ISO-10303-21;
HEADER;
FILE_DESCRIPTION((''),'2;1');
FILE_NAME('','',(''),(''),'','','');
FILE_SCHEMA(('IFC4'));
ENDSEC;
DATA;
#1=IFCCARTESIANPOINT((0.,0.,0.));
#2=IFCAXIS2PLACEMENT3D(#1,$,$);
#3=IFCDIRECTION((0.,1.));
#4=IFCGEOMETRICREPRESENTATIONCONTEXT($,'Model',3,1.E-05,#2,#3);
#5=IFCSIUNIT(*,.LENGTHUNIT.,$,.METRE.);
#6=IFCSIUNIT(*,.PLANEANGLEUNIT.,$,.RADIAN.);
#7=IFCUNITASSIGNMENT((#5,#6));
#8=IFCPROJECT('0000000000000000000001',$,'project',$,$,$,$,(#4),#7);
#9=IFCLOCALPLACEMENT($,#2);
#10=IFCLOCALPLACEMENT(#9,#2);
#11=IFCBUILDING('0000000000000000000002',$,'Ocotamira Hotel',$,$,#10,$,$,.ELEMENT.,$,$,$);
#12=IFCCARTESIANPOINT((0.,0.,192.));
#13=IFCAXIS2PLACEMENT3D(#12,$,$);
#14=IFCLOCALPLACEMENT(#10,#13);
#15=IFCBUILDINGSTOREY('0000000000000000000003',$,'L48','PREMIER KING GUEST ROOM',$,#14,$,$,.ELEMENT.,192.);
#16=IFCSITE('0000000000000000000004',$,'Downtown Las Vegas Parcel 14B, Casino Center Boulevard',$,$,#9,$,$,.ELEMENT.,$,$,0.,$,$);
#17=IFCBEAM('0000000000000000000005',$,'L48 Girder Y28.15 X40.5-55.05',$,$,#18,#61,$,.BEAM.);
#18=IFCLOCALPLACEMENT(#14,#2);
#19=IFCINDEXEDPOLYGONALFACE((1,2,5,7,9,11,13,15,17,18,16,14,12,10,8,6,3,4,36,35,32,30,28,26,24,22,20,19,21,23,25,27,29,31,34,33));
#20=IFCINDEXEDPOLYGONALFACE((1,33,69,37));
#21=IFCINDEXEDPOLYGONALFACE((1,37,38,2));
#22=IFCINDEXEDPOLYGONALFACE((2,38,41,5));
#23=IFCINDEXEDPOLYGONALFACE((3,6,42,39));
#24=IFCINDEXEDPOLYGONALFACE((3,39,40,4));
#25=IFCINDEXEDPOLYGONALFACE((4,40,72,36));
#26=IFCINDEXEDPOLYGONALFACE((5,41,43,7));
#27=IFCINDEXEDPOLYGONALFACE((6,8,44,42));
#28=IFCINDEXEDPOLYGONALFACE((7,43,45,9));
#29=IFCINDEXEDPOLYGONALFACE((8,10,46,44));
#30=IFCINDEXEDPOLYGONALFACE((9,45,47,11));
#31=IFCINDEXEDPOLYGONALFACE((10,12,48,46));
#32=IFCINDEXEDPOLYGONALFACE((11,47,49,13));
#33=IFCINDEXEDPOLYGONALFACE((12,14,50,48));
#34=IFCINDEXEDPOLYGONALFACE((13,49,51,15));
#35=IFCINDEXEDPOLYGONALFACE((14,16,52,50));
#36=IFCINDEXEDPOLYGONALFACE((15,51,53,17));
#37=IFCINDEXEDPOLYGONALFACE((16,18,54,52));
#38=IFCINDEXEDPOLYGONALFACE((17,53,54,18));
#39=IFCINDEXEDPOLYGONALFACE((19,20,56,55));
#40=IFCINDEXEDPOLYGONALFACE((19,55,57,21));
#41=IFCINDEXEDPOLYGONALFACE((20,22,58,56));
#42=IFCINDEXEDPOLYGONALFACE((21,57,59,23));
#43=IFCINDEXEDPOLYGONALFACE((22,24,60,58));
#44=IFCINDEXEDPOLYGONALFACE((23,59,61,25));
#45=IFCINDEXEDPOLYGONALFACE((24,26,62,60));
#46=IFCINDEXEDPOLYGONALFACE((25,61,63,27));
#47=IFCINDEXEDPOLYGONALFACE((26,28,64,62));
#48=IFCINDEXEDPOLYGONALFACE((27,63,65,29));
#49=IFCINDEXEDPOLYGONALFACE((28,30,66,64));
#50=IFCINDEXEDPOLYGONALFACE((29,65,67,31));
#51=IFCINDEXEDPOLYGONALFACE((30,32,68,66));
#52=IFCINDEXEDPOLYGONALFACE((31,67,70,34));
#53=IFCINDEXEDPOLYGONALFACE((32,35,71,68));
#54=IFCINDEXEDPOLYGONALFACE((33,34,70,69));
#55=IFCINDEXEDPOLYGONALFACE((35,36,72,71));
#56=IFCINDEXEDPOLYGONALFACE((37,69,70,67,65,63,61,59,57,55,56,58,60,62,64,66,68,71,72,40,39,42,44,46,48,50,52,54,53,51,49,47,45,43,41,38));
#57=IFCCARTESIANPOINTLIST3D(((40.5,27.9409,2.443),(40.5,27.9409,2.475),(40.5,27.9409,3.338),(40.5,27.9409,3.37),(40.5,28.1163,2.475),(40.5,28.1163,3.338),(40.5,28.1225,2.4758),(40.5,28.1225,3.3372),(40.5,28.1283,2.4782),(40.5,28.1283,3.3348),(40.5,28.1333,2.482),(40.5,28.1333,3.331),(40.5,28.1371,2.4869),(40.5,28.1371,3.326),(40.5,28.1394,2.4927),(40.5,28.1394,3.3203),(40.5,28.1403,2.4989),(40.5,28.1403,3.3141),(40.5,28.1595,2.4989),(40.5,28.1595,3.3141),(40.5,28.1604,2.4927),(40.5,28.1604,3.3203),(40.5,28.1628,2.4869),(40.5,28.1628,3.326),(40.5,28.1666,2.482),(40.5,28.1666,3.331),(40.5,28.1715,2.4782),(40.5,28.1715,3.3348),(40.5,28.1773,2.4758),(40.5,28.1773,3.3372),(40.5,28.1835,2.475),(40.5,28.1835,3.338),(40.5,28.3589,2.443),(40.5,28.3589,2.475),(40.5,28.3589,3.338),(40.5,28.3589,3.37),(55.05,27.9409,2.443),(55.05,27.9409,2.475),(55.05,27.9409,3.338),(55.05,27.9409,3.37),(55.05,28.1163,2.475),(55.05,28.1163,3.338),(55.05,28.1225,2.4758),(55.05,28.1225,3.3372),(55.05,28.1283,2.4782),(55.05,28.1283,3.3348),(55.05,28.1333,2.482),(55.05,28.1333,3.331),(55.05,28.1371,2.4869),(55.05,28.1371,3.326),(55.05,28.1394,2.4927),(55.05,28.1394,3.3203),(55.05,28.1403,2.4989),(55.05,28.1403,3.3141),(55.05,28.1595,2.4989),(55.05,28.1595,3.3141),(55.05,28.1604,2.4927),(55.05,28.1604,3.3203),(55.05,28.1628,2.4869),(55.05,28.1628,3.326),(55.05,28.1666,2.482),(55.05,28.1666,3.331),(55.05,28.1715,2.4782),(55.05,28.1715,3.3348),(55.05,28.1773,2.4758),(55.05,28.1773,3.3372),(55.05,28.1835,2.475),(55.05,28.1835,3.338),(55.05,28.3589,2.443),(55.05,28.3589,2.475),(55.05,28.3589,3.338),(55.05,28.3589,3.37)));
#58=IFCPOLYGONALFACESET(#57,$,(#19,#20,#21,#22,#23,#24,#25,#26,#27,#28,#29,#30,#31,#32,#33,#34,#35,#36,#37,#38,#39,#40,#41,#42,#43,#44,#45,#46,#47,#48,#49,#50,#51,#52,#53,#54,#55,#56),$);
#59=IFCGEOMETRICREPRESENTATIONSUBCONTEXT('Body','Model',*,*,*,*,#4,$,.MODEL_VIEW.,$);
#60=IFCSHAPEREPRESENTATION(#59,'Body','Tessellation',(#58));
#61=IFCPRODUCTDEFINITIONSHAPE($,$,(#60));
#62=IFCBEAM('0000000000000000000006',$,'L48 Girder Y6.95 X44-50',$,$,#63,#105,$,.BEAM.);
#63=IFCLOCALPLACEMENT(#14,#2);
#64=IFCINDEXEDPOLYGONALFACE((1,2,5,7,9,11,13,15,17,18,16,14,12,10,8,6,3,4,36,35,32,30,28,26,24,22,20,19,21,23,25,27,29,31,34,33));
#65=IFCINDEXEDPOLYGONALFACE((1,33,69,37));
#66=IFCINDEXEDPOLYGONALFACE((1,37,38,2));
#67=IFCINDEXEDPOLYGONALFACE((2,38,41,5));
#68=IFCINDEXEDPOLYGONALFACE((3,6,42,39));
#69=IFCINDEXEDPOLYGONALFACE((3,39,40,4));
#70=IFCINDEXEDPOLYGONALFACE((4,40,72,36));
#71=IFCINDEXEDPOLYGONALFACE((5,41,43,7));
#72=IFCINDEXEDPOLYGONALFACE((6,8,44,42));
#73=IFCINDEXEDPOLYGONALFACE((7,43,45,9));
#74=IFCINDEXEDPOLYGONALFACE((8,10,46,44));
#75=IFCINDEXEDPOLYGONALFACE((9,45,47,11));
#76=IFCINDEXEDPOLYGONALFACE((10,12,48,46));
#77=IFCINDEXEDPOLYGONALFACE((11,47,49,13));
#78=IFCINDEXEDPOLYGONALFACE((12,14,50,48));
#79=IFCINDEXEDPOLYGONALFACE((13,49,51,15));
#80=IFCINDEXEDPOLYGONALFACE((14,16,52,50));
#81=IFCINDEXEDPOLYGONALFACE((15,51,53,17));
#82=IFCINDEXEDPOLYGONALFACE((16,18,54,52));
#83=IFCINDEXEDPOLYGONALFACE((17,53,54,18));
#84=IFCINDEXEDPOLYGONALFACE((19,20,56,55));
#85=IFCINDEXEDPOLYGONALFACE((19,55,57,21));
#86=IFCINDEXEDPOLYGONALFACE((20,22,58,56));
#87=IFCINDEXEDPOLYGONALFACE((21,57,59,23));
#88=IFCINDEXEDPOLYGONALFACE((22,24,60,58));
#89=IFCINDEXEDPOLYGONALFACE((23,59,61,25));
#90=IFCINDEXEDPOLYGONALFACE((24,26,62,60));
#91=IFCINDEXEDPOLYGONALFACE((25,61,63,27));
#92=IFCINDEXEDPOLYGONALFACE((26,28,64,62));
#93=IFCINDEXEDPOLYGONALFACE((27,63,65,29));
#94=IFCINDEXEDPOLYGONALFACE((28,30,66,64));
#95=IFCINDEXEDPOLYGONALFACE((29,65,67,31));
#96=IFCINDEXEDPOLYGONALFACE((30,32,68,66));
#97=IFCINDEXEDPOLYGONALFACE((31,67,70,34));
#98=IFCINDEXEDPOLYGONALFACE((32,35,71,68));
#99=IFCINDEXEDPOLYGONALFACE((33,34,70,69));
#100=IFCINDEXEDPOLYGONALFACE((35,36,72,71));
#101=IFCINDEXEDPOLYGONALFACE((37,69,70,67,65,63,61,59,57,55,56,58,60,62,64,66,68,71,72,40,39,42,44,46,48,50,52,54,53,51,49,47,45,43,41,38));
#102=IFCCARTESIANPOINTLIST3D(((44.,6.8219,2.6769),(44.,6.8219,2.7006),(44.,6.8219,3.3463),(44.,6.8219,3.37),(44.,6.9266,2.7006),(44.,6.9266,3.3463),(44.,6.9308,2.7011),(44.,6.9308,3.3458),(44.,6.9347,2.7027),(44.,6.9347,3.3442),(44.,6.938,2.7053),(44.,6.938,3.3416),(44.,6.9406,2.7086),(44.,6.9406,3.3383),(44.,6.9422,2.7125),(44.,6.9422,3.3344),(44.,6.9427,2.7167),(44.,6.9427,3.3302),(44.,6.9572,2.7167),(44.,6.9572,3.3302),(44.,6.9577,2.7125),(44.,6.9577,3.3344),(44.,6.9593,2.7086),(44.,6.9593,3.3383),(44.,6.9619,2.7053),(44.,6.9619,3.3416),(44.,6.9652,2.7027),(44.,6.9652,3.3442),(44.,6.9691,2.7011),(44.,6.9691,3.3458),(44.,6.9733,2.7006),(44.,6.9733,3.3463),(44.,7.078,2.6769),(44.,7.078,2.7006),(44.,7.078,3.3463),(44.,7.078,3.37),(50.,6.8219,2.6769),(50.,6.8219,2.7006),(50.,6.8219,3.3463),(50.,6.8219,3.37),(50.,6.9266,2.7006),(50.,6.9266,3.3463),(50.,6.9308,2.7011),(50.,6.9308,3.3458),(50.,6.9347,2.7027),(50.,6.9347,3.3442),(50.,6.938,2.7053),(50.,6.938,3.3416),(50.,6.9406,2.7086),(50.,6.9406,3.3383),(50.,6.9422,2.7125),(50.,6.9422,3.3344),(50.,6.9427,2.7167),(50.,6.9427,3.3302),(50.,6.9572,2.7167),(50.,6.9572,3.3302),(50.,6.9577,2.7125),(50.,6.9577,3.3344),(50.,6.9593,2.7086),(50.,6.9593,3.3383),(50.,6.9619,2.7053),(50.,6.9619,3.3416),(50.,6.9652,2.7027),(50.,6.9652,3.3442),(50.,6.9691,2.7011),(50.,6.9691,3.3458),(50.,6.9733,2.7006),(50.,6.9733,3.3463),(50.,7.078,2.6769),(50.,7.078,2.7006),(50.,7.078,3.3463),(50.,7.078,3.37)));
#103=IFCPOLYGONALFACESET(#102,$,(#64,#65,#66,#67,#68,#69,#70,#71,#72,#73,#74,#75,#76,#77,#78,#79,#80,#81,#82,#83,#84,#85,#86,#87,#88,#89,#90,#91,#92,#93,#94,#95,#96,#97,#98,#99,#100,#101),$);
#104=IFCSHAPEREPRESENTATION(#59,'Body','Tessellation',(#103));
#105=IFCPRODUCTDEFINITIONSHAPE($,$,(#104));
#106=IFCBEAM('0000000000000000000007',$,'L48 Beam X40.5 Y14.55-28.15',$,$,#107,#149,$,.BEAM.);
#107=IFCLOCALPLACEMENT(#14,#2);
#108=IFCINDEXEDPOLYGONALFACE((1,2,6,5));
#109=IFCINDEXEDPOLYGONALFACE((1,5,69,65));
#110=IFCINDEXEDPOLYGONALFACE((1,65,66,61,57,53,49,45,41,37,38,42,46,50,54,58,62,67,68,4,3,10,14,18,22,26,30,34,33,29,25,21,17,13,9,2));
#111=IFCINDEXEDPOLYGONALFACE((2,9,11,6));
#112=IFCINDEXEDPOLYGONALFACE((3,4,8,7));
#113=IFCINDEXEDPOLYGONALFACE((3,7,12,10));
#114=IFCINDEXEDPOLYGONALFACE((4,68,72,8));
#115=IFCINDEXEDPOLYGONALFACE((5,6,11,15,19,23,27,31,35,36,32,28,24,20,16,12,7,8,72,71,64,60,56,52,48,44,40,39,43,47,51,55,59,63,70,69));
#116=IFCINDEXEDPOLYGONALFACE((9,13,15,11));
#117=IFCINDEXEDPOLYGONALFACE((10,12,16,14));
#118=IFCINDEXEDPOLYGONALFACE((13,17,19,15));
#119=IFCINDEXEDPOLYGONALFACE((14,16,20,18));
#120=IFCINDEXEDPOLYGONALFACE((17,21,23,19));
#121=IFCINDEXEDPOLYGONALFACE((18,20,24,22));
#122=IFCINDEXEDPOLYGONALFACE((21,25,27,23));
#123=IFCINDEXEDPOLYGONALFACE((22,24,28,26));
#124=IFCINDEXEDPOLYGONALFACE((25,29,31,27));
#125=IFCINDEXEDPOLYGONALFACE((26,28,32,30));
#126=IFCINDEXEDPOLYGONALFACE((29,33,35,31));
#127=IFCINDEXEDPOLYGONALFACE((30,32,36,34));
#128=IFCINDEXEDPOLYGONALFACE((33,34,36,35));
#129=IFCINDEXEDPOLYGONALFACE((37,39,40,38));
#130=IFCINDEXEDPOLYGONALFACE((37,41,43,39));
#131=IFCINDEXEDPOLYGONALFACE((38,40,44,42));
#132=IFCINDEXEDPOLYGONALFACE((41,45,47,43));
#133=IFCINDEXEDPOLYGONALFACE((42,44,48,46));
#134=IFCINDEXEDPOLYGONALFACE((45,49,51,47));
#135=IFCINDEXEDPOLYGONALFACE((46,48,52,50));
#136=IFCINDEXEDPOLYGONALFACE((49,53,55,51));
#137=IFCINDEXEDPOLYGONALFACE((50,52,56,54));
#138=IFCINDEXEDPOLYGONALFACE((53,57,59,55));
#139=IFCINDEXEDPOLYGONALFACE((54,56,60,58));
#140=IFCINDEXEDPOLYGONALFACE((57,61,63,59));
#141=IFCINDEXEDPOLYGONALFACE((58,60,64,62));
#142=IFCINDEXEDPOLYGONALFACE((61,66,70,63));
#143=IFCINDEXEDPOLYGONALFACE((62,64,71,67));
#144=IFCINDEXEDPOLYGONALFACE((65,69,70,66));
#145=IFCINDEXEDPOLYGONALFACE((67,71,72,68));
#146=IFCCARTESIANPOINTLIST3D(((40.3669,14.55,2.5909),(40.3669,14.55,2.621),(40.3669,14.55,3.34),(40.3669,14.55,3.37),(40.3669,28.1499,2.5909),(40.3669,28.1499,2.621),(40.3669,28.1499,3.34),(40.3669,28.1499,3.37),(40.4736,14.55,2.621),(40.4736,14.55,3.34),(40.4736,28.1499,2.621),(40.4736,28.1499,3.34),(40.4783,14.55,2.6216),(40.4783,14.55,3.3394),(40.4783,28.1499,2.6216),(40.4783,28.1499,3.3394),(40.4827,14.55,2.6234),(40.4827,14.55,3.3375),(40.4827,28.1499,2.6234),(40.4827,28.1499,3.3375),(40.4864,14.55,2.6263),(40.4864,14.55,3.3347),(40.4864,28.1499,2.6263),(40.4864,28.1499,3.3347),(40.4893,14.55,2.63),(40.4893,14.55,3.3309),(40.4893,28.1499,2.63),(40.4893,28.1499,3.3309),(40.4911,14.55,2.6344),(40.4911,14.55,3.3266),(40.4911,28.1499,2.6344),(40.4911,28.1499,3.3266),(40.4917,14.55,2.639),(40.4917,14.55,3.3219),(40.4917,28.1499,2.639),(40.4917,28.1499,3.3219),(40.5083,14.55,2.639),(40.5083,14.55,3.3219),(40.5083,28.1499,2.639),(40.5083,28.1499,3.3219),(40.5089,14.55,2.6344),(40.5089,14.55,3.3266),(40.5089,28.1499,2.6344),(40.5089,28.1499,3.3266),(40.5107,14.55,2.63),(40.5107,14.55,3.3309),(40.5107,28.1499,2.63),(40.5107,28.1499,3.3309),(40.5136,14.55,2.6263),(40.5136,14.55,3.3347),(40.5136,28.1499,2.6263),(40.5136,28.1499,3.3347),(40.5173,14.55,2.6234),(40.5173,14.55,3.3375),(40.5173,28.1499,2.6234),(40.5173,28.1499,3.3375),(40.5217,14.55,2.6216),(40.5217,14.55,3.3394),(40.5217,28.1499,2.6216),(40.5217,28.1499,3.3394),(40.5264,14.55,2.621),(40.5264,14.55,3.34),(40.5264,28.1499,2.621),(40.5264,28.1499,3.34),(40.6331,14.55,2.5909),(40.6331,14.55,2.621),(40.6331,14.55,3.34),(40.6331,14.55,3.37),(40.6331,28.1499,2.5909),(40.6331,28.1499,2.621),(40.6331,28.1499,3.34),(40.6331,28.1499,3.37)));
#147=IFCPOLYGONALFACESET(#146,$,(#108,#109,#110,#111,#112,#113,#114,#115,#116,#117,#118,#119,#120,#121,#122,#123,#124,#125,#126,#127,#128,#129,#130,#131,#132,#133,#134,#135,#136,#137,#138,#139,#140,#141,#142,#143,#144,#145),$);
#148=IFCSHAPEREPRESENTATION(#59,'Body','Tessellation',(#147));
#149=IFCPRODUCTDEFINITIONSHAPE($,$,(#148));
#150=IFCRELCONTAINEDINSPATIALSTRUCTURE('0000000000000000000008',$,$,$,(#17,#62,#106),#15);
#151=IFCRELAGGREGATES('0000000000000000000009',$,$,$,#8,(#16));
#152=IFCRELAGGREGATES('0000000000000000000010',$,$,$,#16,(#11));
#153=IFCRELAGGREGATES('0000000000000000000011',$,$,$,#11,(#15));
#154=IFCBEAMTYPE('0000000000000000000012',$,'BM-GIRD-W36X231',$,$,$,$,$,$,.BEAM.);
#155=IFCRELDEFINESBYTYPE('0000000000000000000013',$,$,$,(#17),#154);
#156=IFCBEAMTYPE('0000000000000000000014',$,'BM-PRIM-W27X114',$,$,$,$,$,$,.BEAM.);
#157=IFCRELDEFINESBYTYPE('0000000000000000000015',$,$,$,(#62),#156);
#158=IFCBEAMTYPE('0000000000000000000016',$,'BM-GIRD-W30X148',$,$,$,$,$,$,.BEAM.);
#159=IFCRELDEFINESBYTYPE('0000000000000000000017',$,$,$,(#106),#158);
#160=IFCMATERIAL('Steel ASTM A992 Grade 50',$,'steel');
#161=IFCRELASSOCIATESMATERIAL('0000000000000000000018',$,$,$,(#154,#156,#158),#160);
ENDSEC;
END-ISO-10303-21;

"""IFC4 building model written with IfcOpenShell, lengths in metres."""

from ifc_helpers import new_model, si_unit, direction, frame, origin, origin_2d, place, context, subcontext, project, spatial, i_section, extrude, source, transform, mapped, material, material_profile, profile_set, type_object, element, save


model = new_model("IFC4")

# Units and contexts
model_context = context("Model", 3, precision=1e-05, world=origin(), true_north=direction((0.0, 1.0)))
body_context = subcontext(model_context, "Body", "Model", "MODEL_VIEW")
ifc_project = project(units=[si_unit("LENGTHUNIT", "METRE"), si_unit("PLANEANGLEUNIT", "RADIAN")], contexts=[model_context])

# Site, building, storey
site_placement = place(None, origin())
site = spatial("IfcSite", under=ifc_project, at=site_placement, Name="Downtown Las Vegas Parcel 14B, Casino Center Boulevard", CompositionType="ELEMENT", RefElevation=0.0)
building_placement = place(site_placement, origin())
building = spatial("IfcBuilding", under=site, at=building_placement, Name="Ocotamira Hotel", CompositionType="ELEMENT")
storey_placement = place(building_placement, frame((0.0, 0.0, 192.0)))
storey = spatial("IfcBuildingStorey", under=building, at=storey_placement, Name="L48", Description="PREMIER KING GUEST ROOM", CompositionType="ELEMENT", Elevation=192.0)

# Beams
ifc_material_1 = material(Name="Steel ASTM A992 Grade 50", Category="steel")
ifc_material_profile_1 = material_profile(ifc_material_1, i_section(OverallWidth=0.418, OverallDepth=0.927, WebThickness=0.0193, FlangeThickness=0.032, FilletRadius=0.0239, at=origin_2d()), Name="W36X231")
ifc_profile_set_1 = profile_set([ifc_material_profile_1], Name="Steel ASTM A992 Grade 50")
beam_type_1 = type_object("IfcBeamType", Name="BM-GIRD-W36X231", PredefinedType="BEAM", material=ifc_profile_set_1)
shared_shape_1 = source(origin(), body_context, "Body", "SweptSolid", [
    extrude(i_section(OverallWidth=0.418, OverallDepth=0.927, WebThickness=0.0193, FlangeThickness=0.032, FilletRadius=0.0239, at=origin_2d()), origin(), (0.0, 0.0, 1.0), 14.55),
])
for number, where, z_axis, x_axis, name in (
    (1, (40.5, 28.1499, 2.9065), (1.0, 0.0, 0.0), (0.0, 1.0, 0.0), "L48 Girder Y28.15 X40.5-55.05"),
):
    element("IfcBeam", number, at=place(storey_placement, frame(where, z_axis=z_axis, x_axis=x_axis)), inside=storey, type_object=beam_type_1, Name=name, PredefinedType="BEAM", context=body_context, shape_type="MappedRepresentation", body=[
        mapped(shared_shape_1, transform((0.0, 0.0, 0.0), scale=1.0)),
    ])
ifc_material_profile_2 = material_profile(ifc_material_1, i_section(OverallWidth=0.2561, OverallDepth=0.6931, WebThickness=0.0144, FlangeThickness=0.0237, FilletRadius=0.0161, at=origin_2d()), Name="W27X114")
ifc_profile_set_2 = profile_set([ifc_material_profile_2], Name="Steel ASTM A992 Grade 50")
beam_type_2 = type_object("IfcBeamType", Name="BM-PRIM-W27X114", PredefinedType="BEAM", material=ifc_profile_set_2)
shared_shape_2 = source(origin(), body_context, "Body", "SweptSolid", [
    extrude(i_section(OverallWidth=0.2561, OverallDepth=0.6931, WebThickness=0.0144, FlangeThickness=0.0237, FilletRadius=0.0161, at=origin_2d()), origin(), (0.0, 0.0, 1.0), 6.0),
])
beam_1_placement = place(storey_placement, frame((44.0, 6.95, 3.0234), z_axis=(1.0, 0.0, 0.0), x_axis=(0.0, 1.0, 0.0)))
element("IfcBeam", 2, at=beam_1_placement, inside=storey, type_object=beam_type_2, Name="L48 Girder Y6.95 X44-50", PredefinedType="BEAM", context=body_context, shape_type="MappedRepresentation", body=[
    mapped(shared_shape_2, transform((0.0, 0.0, 0.0), scale=1.0)),
])
ifc_material_profile_3 = material_profile(ifc_material_1, i_section(OverallWidth=0.2661, OverallDepth=0.7791, WebThickness=0.0166, FlangeThickness=0.03, FilletRadius=0.0181, at=origin_2d()), Name="W30X148")
ifc_profile_set_3 = profile_set([ifc_material_profile_3], Name="Steel ASTM A992 Grade 50")
beam_type_3 = type_object("IfcBeamType", Name="BM-GIRD-W30X148", PredefinedType="BEAM", material=ifc_profile_set_3)
shared_shape_3 = source(origin(), body_context, "Body", "SweptSolid", [
    extrude(i_section(OverallWidth=0.2661, OverallDepth=0.7791, WebThickness=0.0166, FlangeThickness=0.03, FilletRadius=0.0181, at=origin_2d()), origin(), (0.0, 0.0, 1.0), 13.5999),
])
beam_2_placement = place(storey_placement, frame((40.5, 14.55, 2.9805), z_axis=(0.0, 1.0, 0.0), x_axis=(-1.0, 0.0, 0.0)))
element("IfcBeam", 3, at=beam_2_placement, inside=storey, type_object=beam_type_3, Name="L48 Beam X40.5 Y14.55-28.15", PredefinedType="BEAM", context=body_context, shape_type="MappedRepresentation", body=[
    mapped(shared_shape_3, transform((0.0, 0.0, 0.0), scale=1.0)),
])

save(model, "model.ifc")
